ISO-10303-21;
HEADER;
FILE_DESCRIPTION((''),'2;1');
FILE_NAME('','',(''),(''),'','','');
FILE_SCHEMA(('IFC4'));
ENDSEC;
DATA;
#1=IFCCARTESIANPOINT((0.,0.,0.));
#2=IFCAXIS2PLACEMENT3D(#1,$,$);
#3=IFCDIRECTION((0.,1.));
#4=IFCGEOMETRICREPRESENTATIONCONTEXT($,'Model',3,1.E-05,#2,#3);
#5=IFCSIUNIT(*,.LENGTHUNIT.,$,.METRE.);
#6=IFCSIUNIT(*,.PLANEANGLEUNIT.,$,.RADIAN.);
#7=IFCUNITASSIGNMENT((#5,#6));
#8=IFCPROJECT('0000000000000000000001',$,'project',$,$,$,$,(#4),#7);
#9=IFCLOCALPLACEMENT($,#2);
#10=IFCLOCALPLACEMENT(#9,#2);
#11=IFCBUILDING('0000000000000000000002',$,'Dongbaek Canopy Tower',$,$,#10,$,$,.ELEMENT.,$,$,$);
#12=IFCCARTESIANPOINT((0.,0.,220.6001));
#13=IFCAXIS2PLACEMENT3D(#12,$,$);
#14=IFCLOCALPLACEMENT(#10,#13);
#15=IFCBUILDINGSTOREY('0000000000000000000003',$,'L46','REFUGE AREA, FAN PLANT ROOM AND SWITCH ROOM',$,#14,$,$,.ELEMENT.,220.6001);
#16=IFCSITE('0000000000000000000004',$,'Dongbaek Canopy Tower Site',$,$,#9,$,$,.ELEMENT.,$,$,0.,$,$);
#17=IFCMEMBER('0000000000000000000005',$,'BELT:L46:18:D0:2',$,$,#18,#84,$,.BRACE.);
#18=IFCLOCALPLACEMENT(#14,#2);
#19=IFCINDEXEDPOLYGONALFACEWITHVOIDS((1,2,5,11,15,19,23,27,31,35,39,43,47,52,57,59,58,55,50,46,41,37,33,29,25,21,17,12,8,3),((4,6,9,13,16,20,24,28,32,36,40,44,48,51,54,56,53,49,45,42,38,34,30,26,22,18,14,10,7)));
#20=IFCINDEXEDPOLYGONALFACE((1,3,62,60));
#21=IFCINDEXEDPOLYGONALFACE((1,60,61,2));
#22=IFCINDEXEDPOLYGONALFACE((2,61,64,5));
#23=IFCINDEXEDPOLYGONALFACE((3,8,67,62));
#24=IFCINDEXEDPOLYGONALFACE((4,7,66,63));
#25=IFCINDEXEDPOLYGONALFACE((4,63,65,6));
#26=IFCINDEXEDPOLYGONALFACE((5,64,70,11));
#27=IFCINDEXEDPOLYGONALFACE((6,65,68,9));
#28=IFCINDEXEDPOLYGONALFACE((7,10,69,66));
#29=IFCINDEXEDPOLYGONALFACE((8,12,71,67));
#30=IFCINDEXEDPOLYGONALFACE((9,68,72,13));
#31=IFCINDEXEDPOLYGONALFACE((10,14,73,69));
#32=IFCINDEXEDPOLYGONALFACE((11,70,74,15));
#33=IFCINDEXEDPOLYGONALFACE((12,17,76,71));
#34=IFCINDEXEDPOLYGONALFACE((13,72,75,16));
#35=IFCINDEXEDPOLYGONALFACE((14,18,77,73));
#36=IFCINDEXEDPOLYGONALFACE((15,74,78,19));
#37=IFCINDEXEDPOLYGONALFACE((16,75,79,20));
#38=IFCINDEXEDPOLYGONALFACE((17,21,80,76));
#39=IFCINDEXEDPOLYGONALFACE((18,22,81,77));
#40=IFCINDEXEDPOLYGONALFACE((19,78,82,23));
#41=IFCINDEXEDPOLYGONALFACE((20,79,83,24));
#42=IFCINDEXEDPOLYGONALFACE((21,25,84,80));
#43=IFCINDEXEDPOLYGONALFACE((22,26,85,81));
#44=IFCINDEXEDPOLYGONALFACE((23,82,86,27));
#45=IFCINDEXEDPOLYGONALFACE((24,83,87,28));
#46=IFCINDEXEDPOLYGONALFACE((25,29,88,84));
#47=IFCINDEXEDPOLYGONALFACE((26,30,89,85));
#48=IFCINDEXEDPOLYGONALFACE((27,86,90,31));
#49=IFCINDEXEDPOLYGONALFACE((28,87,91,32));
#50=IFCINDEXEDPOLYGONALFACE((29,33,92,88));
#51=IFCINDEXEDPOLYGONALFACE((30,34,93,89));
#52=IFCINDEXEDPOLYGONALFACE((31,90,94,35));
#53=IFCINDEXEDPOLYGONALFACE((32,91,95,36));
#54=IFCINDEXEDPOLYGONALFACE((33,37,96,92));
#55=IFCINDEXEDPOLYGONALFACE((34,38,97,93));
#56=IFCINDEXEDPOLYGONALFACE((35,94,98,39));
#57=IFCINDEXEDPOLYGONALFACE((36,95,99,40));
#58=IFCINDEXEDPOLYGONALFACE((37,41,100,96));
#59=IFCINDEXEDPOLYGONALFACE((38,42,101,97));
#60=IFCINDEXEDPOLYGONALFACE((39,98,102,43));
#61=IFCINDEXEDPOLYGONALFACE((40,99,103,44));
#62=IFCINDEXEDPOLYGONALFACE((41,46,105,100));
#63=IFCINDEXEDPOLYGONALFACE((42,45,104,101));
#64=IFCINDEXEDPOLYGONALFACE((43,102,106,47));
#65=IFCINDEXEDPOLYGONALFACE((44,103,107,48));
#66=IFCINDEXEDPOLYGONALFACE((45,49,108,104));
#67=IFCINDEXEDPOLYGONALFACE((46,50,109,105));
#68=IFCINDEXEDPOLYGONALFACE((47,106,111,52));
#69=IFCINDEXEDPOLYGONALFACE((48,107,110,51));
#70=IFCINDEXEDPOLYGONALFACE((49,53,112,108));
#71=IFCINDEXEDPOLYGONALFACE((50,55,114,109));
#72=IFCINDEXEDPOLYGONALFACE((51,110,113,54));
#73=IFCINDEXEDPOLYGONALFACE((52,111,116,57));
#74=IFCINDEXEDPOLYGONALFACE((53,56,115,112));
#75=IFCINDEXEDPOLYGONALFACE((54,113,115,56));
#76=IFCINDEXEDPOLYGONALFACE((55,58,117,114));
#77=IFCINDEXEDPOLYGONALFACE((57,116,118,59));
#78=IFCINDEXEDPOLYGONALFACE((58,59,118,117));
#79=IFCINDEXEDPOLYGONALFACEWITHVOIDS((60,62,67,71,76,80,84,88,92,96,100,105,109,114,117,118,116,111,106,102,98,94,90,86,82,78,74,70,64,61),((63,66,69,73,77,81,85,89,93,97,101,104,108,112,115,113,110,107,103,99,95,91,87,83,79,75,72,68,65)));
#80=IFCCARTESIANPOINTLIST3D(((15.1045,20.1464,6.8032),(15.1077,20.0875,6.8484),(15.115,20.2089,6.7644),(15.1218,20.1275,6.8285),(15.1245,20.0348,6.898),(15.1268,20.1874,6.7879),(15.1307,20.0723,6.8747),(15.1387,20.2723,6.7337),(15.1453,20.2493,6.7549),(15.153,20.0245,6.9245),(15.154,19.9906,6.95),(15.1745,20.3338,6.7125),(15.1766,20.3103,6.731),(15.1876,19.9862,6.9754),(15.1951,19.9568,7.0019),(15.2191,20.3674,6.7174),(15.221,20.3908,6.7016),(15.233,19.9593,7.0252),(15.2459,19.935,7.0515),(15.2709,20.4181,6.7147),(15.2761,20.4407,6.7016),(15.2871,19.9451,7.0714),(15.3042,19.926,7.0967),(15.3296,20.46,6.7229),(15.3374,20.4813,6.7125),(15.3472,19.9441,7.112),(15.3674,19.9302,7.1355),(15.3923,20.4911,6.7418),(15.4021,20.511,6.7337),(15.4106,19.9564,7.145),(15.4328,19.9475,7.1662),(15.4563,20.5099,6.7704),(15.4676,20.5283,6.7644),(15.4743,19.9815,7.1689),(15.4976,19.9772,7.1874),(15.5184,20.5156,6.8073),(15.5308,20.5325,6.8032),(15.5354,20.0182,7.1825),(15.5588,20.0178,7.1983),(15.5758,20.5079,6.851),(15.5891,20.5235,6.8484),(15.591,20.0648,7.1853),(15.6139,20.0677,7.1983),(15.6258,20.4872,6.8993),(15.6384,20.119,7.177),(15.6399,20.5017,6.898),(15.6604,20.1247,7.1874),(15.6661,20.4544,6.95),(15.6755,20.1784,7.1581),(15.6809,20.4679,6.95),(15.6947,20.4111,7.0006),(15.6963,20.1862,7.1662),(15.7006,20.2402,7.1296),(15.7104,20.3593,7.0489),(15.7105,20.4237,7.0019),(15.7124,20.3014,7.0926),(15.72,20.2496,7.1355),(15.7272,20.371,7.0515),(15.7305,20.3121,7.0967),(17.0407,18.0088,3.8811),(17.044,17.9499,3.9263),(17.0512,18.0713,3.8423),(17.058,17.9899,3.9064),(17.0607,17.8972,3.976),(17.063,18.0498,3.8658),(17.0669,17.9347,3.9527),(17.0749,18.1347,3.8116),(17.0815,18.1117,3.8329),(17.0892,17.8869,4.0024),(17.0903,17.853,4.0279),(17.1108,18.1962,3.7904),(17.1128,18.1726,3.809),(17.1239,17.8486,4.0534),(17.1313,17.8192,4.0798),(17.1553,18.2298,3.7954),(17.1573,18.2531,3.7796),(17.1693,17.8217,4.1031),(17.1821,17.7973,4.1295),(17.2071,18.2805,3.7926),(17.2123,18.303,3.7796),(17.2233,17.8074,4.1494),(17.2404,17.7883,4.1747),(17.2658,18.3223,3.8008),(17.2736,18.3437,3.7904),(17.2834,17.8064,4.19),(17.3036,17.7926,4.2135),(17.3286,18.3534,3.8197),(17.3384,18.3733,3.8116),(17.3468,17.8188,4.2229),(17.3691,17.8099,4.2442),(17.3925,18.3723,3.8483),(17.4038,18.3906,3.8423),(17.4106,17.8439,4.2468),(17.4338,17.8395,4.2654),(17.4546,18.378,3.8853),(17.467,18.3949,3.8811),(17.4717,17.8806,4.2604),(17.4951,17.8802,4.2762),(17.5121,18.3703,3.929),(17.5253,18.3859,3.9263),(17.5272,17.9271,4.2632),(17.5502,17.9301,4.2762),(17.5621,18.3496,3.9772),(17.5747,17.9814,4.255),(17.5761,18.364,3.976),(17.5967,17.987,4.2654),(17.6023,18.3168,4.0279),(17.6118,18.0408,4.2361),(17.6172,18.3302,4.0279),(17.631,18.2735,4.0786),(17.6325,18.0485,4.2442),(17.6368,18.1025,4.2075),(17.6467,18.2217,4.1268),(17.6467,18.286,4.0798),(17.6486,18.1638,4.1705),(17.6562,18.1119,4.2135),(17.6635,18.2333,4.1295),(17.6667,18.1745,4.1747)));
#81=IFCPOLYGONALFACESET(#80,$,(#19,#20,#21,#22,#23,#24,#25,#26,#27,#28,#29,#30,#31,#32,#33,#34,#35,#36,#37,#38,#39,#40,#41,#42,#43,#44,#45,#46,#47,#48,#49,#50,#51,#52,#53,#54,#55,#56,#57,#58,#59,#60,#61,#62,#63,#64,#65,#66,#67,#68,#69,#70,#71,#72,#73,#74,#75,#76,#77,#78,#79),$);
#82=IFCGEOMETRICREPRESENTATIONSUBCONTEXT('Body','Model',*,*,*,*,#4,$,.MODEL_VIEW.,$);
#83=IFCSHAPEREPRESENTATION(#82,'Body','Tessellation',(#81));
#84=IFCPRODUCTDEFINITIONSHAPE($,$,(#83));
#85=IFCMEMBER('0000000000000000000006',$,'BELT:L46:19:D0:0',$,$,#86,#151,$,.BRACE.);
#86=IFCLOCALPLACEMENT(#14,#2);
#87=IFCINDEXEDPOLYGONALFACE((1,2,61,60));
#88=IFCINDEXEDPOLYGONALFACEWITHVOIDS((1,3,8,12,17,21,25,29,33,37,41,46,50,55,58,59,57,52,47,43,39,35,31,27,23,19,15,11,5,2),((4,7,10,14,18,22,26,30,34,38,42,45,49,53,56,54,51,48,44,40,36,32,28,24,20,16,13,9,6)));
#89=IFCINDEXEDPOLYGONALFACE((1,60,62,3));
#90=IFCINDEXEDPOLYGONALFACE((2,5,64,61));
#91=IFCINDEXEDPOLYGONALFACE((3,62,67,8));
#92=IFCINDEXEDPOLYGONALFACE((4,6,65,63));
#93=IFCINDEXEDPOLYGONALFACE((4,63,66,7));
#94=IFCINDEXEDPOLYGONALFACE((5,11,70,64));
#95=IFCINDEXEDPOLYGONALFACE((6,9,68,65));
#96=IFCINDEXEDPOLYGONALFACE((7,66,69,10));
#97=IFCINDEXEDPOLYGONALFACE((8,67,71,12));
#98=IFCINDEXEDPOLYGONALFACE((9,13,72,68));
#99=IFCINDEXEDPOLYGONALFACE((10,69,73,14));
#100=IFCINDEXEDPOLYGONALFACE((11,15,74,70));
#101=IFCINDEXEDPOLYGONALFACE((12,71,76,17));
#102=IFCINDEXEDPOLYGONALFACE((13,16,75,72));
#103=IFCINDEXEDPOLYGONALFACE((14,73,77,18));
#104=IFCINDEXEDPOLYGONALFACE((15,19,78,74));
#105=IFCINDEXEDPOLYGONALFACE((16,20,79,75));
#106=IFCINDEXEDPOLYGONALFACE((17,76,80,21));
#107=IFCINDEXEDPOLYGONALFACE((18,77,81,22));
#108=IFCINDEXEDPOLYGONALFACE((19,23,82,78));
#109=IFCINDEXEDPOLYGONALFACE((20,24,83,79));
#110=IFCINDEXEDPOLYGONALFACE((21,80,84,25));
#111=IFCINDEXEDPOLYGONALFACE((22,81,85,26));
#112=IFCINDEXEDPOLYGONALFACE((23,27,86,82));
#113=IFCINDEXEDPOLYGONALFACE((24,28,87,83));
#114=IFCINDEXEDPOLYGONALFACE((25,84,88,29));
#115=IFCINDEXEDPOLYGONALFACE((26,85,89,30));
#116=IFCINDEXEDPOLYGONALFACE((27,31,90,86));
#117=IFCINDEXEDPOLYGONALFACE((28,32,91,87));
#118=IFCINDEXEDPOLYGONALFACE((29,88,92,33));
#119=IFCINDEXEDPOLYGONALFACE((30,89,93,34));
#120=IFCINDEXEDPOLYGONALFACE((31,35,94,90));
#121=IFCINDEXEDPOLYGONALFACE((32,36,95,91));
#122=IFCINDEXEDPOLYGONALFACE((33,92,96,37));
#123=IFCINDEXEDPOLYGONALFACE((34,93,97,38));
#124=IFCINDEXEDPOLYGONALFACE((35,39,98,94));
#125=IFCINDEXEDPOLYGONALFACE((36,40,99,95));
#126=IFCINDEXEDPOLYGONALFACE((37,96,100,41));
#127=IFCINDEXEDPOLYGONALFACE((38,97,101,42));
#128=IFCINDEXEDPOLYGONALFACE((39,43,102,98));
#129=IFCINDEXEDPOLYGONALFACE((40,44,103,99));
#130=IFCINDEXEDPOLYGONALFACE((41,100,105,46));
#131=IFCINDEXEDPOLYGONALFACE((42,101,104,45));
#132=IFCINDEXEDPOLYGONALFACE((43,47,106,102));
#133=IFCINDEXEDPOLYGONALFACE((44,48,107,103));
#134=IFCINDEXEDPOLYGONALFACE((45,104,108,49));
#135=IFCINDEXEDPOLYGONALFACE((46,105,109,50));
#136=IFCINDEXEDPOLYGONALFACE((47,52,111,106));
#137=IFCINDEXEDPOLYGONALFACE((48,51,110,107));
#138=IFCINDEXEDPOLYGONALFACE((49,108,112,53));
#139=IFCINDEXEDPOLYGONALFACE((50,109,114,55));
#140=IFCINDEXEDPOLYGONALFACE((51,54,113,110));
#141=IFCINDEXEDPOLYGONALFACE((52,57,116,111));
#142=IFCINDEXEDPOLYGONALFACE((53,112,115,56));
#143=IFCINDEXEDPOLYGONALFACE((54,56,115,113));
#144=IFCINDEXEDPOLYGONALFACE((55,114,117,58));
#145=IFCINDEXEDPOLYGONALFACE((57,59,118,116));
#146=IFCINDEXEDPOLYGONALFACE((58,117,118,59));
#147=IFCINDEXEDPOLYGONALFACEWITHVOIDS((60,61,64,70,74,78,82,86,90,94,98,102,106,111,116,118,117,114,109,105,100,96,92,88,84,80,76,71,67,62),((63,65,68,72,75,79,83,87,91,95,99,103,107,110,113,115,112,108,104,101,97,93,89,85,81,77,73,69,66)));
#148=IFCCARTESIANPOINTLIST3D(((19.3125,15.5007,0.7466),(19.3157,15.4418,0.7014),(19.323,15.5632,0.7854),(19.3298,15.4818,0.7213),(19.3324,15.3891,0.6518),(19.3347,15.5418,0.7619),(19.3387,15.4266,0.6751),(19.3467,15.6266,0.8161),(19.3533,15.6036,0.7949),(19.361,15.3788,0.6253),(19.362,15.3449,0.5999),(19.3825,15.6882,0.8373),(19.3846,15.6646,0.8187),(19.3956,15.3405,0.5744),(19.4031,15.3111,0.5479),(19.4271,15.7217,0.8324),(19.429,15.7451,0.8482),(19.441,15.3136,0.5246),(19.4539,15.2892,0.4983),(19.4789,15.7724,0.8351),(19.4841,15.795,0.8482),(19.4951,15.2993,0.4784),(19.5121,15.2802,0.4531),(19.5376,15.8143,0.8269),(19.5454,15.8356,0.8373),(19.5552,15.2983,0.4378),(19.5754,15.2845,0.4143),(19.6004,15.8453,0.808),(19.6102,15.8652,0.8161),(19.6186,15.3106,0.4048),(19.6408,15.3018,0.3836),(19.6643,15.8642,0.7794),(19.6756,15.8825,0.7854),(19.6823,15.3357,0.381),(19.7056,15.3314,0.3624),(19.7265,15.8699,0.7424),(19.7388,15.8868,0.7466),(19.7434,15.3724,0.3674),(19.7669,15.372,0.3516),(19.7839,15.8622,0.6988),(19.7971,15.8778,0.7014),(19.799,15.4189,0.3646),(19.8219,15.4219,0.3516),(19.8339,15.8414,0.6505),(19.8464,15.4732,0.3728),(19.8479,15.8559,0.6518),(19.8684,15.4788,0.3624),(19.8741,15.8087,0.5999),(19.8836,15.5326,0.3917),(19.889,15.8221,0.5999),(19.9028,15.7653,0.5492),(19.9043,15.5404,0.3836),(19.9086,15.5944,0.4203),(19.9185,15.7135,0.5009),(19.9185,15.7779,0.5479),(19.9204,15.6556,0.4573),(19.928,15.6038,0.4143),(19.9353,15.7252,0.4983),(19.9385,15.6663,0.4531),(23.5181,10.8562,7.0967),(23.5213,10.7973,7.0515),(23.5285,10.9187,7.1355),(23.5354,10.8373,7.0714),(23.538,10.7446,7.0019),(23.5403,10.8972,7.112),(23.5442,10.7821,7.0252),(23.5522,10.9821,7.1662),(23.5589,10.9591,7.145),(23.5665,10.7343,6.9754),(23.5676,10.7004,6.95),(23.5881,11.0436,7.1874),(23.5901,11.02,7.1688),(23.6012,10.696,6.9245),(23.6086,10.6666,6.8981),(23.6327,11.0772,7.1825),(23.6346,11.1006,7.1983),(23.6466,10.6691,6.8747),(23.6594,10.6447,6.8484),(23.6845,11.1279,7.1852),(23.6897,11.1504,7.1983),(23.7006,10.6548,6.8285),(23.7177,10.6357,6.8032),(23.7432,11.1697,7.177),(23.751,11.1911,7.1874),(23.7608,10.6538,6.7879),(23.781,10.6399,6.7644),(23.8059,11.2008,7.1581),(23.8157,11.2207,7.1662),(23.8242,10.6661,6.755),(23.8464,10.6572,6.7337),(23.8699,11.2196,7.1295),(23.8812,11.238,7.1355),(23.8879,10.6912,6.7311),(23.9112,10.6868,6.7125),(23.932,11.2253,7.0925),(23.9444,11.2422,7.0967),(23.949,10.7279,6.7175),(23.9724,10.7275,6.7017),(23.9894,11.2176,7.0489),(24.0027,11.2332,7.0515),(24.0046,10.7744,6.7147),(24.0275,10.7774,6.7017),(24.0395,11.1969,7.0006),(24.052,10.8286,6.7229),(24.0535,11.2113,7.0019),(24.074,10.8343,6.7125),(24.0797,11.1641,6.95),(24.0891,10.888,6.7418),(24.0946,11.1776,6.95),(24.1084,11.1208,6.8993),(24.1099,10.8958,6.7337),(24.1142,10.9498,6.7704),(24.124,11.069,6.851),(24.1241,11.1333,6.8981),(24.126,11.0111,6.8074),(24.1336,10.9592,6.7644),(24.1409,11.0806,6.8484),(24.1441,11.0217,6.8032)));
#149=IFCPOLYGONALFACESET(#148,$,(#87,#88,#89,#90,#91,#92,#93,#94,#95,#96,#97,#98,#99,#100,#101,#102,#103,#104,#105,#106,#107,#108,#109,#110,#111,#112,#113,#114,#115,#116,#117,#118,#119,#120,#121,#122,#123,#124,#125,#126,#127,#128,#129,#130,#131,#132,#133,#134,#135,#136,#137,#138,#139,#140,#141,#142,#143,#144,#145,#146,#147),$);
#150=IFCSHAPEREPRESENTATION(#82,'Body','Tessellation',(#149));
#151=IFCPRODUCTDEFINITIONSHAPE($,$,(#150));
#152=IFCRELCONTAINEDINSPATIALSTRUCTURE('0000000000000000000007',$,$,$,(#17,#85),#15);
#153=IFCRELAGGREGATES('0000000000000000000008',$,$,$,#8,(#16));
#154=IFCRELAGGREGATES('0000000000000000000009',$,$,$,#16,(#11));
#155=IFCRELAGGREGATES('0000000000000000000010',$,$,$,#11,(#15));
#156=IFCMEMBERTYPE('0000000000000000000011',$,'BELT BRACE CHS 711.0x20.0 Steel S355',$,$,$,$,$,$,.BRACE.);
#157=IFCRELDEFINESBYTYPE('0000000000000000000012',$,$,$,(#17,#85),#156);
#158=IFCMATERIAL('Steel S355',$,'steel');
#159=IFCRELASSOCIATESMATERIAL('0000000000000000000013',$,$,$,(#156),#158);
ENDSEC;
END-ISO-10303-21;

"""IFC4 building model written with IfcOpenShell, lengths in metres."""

from ifc_helpers import new_model, si_unit, direction, frame, origin, origin_2d, place, context, subcontext, project, spatial, hollow_circle, extrude, material, material_profile, profile_set, type_object, element, save


model = new_model("IFC4")

# Units and contexts
model_context = context("Model", 3, precision=1e-05, world=origin(), true_north=direction((0.0, 1.0)))
body_context = subcontext(model_context, "Body", "Model", "MODEL_VIEW")
ifc_project = project(units=[si_unit("LENGTHUNIT", "METRE"), si_unit("PLANEANGLEUNIT", "RADIAN")], contexts=[model_context])

# Site, building, storey
site_placement = place(None, origin())
site = spatial("IfcSite", under=ifc_project, at=site_placement, Name="Dongbaek Canopy Tower Site", CompositionType="ELEMENT", RefElevation=0.0)
building_placement = place(site_placement, origin())
building = spatial("IfcBuilding", under=site, at=building_placement, Name="Dongbaek Canopy Tower", CompositionType="ELEMENT")
storey_placement = place(building_placement, frame((0.0, 0.0, 220.6001)))
storey = spatial("IfcBuildingStorey", under=building, at=storey_placement, Name="L46", Description="REFUGE AREA, FAN PLANT ROOM AND SWITCH ROOM", CompositionType="ELEMENT", Elevation=220.6001)

# Members
ifc_material_1 = material(Name="Steel S355", Category="steel")
ifc_material_profile_1 = material_profile(ifc_material_1, hollow_circle(Radius=0.3555, WallThickness=0.02, at=origin_2d()), Name="BELT BRACE CHS 711.0x20.0 Steel S355")
ifc_profile_set_1 = profile_set([ifc_material_profile_1], Name="Steel S355")
member_type_1 = type_object("IfcMemberType", Name="BELT BRACE CHS 711.0x20.0 Steel S355", PredefinedType="BRACE", material=ifc_profile_set_1)
for number, where, z_axis, x_axis, name in (
    (1, (15.4175, 20.2292, 6.95), (0.471595, -0.520651, -0.711703), (0.741161, 0.671328, 0.0), "BELT:L46:18:D0:2"),
):
    element("IfcMember", number, at=place(storey_placement, frame(where, z_axis=z_axis, x_axis=x_axis)), inside=storey, type_object=member_type_1, Name=name, PredefinedType="BRACE", context=body_context, shape_type="SweptSolid", body=[
        extrude(hollow_circle(Radius=0.3555, WallThickness=0.02, at=origin_2d()), origin(), (0.0, 0.0, 1.0), 4.1057),
    ])
member_1_placement = place(storey_placement, frame((19.6255, 15.5835, 0.5999), z_axis=(0.471429, -0.520636, 0.711824), x_axis=(0.741268, 0.671209, 0.0)))
element("IfcMember", 2, at=member_1_placement, inside=storey, type_object=member_type_1, Name="BELT:L46:19:D0:0", PredefinedType="BRACE", context=body_context, shape_type="SweptSolid", body=[
    extrude(hollow_circle(Radius=0.3555, WallThickness=0.02, at=origin_2d()), origin(), (0.0, 0.0, 1.0), 8.9209),
])

save(model, "model.ifc")
